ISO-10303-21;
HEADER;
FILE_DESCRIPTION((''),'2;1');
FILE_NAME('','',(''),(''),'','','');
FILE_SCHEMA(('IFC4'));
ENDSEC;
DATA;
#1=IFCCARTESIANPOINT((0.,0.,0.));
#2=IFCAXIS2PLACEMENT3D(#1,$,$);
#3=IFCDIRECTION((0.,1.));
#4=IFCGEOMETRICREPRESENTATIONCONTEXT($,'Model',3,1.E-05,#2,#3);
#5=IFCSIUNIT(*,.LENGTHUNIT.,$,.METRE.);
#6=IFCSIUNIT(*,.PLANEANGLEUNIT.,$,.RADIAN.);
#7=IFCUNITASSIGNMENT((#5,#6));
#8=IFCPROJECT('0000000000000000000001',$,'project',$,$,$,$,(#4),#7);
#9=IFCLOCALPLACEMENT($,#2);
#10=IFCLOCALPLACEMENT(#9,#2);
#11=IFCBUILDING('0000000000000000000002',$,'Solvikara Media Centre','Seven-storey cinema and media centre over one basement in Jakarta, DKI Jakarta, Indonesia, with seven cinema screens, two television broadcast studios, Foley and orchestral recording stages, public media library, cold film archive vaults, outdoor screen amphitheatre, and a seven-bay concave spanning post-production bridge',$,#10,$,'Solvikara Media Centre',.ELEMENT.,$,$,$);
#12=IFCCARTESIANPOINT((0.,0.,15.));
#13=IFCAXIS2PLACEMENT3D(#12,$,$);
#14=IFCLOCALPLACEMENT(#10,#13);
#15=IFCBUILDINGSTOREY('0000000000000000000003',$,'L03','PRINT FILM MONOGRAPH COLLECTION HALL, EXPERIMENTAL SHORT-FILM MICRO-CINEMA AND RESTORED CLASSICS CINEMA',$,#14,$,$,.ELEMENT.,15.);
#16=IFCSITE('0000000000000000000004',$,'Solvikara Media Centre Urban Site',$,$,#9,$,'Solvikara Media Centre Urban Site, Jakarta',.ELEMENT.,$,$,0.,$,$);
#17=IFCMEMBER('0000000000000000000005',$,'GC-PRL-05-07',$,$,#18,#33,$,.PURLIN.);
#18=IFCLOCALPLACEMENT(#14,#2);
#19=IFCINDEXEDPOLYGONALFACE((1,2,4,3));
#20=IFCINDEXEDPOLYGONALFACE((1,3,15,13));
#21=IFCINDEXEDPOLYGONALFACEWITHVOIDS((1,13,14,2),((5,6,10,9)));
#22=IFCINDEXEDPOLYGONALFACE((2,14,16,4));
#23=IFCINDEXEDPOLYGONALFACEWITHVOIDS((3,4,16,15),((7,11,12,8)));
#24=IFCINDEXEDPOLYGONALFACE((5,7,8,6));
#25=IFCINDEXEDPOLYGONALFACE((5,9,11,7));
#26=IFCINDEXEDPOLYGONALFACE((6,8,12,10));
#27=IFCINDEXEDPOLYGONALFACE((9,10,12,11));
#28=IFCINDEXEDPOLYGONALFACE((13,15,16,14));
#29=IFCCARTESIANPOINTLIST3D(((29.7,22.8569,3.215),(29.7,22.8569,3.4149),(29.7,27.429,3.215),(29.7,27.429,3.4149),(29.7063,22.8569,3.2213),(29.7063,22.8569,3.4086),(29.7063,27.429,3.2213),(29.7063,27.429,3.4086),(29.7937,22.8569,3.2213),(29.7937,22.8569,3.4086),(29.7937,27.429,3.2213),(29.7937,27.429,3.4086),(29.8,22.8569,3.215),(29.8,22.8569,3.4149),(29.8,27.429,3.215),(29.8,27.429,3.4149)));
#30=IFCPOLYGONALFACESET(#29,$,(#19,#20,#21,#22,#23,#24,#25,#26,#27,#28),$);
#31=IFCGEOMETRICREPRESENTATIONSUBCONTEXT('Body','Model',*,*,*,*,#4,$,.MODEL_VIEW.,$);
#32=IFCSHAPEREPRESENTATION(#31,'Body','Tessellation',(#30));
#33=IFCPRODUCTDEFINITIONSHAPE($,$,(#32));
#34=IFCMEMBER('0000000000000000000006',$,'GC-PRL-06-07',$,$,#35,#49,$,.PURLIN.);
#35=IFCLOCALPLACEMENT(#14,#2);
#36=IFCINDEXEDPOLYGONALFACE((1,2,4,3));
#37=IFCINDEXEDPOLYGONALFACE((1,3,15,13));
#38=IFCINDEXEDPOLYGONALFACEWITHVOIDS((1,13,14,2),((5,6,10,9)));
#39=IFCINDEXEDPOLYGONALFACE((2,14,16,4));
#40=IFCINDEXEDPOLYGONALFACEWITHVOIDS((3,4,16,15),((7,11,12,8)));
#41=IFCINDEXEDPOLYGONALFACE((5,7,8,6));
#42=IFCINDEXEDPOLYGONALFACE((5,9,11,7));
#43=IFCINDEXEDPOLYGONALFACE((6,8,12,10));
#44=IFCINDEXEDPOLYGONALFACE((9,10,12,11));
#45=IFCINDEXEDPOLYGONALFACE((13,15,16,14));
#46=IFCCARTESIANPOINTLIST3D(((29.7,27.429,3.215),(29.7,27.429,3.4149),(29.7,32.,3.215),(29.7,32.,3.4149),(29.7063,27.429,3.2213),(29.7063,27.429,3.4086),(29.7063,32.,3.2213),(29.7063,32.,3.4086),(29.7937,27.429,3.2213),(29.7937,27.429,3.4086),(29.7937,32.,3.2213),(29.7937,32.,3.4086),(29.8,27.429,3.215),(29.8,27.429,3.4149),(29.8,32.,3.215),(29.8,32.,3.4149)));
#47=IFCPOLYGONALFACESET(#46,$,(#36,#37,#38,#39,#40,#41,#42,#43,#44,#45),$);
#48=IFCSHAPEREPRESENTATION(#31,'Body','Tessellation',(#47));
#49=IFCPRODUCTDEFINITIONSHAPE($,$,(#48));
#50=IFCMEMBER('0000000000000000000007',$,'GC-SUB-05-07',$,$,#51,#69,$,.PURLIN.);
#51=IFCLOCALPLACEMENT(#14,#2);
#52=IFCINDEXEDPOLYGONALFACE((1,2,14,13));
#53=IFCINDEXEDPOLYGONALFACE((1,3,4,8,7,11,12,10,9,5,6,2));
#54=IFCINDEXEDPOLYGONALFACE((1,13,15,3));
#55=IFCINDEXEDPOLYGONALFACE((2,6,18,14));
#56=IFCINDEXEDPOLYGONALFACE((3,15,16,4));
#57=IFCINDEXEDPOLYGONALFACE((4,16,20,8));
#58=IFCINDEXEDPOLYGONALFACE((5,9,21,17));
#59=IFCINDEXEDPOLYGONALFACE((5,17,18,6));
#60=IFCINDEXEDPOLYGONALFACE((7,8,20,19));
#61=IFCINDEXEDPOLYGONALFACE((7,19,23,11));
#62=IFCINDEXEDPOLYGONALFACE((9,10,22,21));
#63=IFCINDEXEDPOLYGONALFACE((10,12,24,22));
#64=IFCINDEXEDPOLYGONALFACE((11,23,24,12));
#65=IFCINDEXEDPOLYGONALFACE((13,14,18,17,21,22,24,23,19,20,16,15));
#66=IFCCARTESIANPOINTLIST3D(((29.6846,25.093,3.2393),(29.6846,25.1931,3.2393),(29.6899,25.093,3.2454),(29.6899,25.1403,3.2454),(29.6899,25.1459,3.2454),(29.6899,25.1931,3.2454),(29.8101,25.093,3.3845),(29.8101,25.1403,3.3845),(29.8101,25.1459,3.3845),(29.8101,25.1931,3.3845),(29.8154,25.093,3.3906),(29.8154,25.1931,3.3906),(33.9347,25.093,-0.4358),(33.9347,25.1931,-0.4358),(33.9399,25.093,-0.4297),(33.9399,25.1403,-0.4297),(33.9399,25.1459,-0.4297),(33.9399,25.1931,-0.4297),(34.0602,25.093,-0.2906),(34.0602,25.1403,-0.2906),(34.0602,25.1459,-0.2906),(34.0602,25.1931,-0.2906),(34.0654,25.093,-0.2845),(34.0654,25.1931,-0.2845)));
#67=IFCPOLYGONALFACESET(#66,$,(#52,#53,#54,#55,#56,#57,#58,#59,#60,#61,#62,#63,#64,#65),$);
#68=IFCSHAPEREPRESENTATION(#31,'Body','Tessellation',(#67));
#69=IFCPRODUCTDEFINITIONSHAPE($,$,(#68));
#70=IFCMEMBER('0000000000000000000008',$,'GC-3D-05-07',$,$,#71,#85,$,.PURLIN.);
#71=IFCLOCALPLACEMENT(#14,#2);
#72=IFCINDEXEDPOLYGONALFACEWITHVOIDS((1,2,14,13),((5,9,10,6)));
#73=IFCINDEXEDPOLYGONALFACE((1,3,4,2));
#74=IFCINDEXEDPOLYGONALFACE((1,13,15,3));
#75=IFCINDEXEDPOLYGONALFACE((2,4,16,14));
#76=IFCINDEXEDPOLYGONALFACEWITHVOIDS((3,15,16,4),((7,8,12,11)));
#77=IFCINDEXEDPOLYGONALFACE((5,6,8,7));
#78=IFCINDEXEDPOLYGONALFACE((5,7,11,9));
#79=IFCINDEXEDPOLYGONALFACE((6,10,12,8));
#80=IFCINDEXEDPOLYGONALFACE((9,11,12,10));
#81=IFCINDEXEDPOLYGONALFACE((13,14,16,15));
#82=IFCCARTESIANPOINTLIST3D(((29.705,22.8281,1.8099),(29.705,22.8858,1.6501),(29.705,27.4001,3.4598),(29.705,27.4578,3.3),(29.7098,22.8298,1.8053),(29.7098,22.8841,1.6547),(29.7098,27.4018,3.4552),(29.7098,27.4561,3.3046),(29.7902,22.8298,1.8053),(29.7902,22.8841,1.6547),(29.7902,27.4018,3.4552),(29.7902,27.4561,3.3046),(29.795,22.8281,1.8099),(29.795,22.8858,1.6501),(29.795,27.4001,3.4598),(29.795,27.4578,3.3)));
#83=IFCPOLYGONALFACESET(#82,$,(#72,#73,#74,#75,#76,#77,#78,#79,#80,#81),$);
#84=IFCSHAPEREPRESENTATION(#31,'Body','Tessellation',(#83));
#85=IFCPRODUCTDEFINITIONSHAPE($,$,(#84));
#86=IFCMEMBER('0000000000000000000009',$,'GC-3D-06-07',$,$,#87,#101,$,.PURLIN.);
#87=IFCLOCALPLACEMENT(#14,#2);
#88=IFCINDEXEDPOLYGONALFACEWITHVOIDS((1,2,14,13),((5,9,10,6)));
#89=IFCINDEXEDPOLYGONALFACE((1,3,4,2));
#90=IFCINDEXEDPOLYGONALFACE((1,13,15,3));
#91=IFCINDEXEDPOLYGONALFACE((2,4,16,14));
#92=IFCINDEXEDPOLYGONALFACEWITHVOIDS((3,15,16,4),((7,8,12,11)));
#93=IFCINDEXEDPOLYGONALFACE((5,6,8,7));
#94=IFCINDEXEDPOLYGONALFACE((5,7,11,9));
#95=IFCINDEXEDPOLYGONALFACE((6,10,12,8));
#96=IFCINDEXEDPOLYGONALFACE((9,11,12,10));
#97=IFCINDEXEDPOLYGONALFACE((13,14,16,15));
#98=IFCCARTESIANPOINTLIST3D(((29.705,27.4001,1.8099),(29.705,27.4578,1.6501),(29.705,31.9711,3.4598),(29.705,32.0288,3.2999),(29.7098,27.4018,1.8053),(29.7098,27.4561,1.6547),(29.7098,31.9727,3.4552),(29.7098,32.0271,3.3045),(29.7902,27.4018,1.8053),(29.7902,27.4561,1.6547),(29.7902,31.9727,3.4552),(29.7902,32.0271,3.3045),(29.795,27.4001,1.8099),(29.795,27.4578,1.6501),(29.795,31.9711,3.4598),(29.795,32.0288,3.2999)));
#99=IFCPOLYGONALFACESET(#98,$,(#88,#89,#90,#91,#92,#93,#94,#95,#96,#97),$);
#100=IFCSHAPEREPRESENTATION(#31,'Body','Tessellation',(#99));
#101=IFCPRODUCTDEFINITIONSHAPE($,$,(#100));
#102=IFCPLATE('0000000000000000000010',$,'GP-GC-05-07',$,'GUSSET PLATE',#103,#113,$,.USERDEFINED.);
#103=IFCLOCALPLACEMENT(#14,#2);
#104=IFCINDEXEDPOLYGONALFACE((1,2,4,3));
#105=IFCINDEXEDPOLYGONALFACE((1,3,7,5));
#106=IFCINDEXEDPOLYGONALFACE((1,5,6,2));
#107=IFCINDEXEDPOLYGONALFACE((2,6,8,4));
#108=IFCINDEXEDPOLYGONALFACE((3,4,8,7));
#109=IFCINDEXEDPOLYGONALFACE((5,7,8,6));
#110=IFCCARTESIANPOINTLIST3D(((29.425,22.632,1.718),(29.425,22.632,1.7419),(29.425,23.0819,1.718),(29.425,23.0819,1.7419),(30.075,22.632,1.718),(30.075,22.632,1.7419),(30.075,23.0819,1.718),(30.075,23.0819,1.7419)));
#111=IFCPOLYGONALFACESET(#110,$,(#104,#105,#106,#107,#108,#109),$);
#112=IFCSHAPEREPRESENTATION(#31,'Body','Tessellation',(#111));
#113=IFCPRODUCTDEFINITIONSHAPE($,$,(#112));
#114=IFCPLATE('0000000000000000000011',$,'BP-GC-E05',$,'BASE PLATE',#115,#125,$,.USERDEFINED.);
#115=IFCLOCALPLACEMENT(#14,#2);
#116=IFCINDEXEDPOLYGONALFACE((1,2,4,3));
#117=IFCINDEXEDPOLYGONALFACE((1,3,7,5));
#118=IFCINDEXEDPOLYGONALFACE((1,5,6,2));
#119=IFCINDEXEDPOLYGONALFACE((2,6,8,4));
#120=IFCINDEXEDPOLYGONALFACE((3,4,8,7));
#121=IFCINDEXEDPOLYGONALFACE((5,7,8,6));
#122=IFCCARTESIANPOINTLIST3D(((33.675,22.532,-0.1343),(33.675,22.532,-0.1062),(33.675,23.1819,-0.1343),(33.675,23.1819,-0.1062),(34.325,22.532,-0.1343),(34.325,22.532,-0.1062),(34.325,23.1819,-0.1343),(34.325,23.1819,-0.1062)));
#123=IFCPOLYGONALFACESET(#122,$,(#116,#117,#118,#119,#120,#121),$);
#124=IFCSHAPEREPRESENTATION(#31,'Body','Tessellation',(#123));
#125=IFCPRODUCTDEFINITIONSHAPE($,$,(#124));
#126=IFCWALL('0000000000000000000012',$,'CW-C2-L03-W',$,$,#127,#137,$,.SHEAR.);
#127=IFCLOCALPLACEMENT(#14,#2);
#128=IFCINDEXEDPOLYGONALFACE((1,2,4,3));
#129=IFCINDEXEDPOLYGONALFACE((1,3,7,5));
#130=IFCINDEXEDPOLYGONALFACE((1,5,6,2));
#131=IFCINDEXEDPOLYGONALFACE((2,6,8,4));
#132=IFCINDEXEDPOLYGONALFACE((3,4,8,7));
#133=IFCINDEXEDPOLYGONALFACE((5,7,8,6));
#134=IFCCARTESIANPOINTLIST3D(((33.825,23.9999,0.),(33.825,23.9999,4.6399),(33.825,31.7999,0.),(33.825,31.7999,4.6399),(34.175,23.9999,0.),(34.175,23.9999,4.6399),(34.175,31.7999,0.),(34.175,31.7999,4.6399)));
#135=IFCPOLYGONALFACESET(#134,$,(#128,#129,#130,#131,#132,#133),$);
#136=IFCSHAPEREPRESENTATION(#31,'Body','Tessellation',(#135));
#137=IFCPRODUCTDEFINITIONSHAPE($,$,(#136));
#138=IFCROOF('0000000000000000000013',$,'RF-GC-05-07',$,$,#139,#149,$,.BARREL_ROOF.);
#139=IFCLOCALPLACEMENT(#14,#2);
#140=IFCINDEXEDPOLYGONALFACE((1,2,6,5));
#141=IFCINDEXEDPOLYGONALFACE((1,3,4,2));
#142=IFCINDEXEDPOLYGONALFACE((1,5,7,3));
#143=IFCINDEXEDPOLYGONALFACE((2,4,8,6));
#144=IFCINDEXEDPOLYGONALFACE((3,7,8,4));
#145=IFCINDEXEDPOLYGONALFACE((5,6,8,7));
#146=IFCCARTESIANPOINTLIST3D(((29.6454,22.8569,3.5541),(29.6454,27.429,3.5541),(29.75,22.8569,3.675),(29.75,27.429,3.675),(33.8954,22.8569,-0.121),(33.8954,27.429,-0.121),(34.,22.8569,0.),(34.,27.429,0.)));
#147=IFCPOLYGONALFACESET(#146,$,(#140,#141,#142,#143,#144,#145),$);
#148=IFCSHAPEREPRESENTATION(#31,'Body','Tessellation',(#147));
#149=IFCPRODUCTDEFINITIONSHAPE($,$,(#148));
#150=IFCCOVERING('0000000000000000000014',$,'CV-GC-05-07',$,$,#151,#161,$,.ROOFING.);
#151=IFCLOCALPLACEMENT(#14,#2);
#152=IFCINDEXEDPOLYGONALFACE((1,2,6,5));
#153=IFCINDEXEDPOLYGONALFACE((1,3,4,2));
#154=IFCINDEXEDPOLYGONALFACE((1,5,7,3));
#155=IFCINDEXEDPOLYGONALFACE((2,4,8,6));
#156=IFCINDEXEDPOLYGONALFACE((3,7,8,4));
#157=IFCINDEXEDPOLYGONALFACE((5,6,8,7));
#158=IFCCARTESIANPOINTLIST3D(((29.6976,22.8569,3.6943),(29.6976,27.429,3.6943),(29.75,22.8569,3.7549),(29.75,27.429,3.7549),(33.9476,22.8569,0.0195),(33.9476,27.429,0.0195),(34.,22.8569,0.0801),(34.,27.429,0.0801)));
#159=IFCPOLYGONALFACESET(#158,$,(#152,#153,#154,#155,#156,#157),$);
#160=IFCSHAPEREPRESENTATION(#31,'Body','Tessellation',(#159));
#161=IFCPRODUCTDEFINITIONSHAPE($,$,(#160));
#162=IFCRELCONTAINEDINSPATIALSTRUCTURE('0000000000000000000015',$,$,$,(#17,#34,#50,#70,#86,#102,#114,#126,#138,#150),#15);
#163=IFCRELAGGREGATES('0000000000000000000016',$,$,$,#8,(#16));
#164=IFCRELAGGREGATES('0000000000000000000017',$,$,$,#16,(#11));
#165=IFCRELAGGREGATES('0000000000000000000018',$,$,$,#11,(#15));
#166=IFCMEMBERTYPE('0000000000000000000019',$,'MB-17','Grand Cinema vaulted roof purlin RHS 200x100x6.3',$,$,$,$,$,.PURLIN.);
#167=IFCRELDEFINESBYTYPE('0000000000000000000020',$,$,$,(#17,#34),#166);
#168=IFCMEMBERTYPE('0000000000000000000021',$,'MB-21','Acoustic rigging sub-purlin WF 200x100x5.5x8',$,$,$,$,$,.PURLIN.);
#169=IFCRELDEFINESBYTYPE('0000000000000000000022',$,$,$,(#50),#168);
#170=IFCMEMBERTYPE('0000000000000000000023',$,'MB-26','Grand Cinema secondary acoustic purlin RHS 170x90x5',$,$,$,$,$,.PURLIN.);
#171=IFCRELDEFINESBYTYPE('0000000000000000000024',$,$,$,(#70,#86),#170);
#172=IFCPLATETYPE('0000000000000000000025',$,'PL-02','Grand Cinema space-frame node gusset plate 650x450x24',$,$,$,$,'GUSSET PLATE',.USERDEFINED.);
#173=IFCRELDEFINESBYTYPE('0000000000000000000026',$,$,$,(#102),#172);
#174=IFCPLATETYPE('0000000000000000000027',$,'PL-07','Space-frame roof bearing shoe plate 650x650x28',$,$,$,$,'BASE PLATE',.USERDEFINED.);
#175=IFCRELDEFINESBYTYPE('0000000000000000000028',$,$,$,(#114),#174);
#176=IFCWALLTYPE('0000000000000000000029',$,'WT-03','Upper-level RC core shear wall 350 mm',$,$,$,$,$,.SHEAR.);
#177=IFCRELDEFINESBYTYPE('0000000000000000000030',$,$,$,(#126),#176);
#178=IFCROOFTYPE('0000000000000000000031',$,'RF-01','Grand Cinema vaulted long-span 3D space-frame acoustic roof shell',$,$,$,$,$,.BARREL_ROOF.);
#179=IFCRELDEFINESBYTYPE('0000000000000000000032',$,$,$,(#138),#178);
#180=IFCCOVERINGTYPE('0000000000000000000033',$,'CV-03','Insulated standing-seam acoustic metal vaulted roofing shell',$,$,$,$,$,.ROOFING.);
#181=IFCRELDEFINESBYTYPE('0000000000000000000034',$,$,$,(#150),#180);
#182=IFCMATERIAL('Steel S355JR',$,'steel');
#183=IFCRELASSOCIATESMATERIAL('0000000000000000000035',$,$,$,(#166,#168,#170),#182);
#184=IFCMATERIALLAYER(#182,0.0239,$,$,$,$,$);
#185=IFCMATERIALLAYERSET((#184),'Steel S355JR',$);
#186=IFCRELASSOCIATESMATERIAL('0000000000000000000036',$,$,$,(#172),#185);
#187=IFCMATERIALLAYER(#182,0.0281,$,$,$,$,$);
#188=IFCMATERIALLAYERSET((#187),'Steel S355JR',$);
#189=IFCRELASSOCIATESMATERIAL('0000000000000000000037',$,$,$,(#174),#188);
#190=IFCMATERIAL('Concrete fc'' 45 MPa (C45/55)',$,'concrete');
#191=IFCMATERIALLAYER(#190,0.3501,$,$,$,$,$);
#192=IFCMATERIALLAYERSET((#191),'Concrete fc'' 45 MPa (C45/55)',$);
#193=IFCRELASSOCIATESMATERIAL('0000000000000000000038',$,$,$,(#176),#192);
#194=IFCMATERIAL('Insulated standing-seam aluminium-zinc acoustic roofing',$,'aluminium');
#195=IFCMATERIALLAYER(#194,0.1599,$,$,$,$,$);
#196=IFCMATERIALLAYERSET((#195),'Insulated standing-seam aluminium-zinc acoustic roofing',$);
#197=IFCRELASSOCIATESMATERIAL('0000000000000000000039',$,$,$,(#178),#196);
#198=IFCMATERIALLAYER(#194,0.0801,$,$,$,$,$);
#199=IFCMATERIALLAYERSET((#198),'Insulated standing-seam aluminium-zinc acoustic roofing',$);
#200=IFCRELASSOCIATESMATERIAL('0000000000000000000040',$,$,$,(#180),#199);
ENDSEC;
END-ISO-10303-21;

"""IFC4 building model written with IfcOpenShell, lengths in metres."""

from ifc_helpers import new_model, si_unit, direction, frame, frame_2d, origin, origin_2d, place, context, subcontext, project, spatial, polyline, rectangle, hollow_rectangle, i_section, outline, extrude, material, layer, layer_set, material_profile, profile_set, type_object, element, save


model = new_model("IFC4")

# Units and contexts
model_context = context("Model", 3, precision=1e-05, world=origin(), true_north=direction((0.0, 1.0)))
body_context = subcontext(model_context, "Body", "Model", "MODEL_VIEW")
ifc_project = project(units=[si_unit("LENGTHUNIT", "METRE"), si_unit("PLANEANGLEUNIT", "RADIAN")], contexts=[model_context])

# Site, building, storey
site_placement = place(None, origin())
site = spatial("IfcSite", under=ifc_project, at=site_placement, Name="Solvikara Media Centre Urban Site", LongName="Solvikara Media Centre Urban Site, Jakarta", CompositionType="ELEMENT", RefElevation=0.0)
building_placement = place(site_placement, origin())
building = spatial("IfcBuilding", under=site, at=building_placement, Name="Solvikara Media Centre", Description="Seven-storey cinema and media centre over one basement in Jakarta, DKI Jakarta, Indonesia, with seven cinema screens, two television broadcast studios, Foley and orchestral recording stages, public media library, cold film archive vaults, outdoor screen amphitheatre, and a seven-bay concave spanning post-production bridge", LongName="Solvikara Media Centre", CompositionType="ELEMENT")
storey_placement = place(building_placement, frame((0.0, 0.0, 15.0)))
storey = spatial("IfcBuildingStorey", under=building, at=storey_placement, Name="L03", Description="PRINT FILM MONOGRAPH COLLECTION HALL, EXPERIMENTAL SHORT-FILM MICRO-CINEMA AND RESTORED CLASSICS CINEMA", CompositionType="ELEMENT", Elevation=15.0)

# Members
ifc_material_1 = material(Name="Steel S355JR", Category="steel")
ifc_material_profile_1 = material_profile(ifc_material_1, hollow_rectangle(XDim=0.1001, YDim=0.2, WallThickness=0.0063, at=origin_2d()), Name="RHS 200x100x6.3")
ifc_profile_set_1 = profile_set([ifc_material_profile_1], Name="Steel S355JR")
member_type_1 = type_object("IfcMemberType", Name="MB-17", Description="Grand Cinema vaulted roof purlin RHS 200x100x6.3", PredefinedType="PURLIN", material=ifc_profile_set_1)
member_1_placement = place(storey_placement, frame((29.75, 22.8569, 3.3149), z_axis=(0.0, 1.0, 0.0), x_axis=(-1.0, 0.0, 0.0)))
element("IfcMember", 1, at=member_1_placement, inside=storey, type_object=member_type_1, Name="GC-PRL-05-07", PredefinedType="PURLIN", context=body_context, shape_type="SweptSolid", body=[
    extrude(hollow_rectangle(XDim=0.1001, YDim=0.2, WallThickness=0.0063, at=origin_2d()), origin(), (0.0, 0.0, 1.0), 4.572),
])
member_2_placement = place(storey_placement, frame((29.75, 27.429, 3.3149), z_axis=(0.0, 1.0, 0.0), x_axis=(-1.0, 0.0, 0.0)))
element("IfcMember", 2, at=member_2_placement, inside=storey, type_object=member_type_1, Name="GC-PRL-06-07", PredefinedType="PURLIN", context=body_context, shape_type="SweptSolid", body=[
    extrude(hollow_rectangle(XDim=0.1001, YDim=0.2, WallThickness=0.0063, at=origin_2d()), origin(), (0.0, 0.0, 1.0), 4.571),
])
ifc_material_profile_2 = material_profile(ifc_material_1, i_section(OverallWidth=0.1001, OverallDepth=0.2, WebThickness=0.0056, FlangeThickness=0.0081, at=origin_2d()), Name="WF 200x100x5.5x8")
ifc_profile_set_2 = profile_set([ifc_material_profile_2], Name="Steel S355JR")
member_type_2 = type_object("IfcMemberType", Name="MB-21", Description="Acoustic rigging sub-purlin WF 200x100x5.5x8", PredefinedType="PURLIN", material=ifc_profile_set_2)
member_3_placement = place(storey_placement, frame((29.75, 25.1431, 3.3149), z_axis=(0.756418, 0.0, -0.654088), x_axis=(0.0, 1.0, 0.0)))
element("IfcMember", 3, at=member_3_placement, inside=storey, type_object=member_type_2, Name="GC-SUB-05-07", PredefinedType="PURLIN", context=body_context, shape_type="SweptSolid", body=[
    extrude(i_section(OverallWidth=0.1001, OverallDepth=0.2, WebThickness=0.0056, FlangeThickness=0.0081, at=origin_2d()), origin(), (0.0, 0.0, 1.0), 5.6187),
])
ifc_material_profile_3 = material_profile(ifc_material_1, hollow_rectangle(XDim=0.0901, YDim=0.1699, WallThickness=0.0049, at=origin_2d()), Name="RHS 170x90x5")
ifc_profile_set_3 = profile_set([ifc_material_profile_3], Name="Steel S355JR")
member_type_3 = type_object("IfcMemberType", Name="MB-26", Description="Grand Cinema secondary acoustic purlin RHS 170x90x5", PredefinedType="PURLIN", material=ifc_profile_set_3)
member_4_placement = place(storey_placement, frame((29.75, 22.8569, 1.73), z_axis=(0.0, 0.940627, 0.339443), x_axis=(-1.0, 0.0, 0.0)))
element("IfcMember", 4, at=member_4_placement, inside=storey, type_object=member_type_3, Name="GC-3D-05-07", PredefinedType="PURLIN", context=body_context, shape_type="SweptSolid", body=[
    extrude(hollow_rectangle(XDim=0.0901, YDim=0.1699, WallThickness=0.0049, at=origin_2d()), origin(), (0.0, 0.0, 1.0), 4.8606),
])
member_5_placement = place(storey_placement, frame((29.75, 27.429, 1.73), z_axis=(0.0, 0.940603, 0.339507), x_axis=(-1.0, 0.0, 0.0)))
element("IfcMember", 5, at=member_5_placement, inside=storey, type_object=member_type_3, Name="GC-3D-06-07", PredefinedType="PURLIN", context=body_context, shape_type="SweptSolid", body=[
    extrude(hollow_rectangle(XDim=0.0901, YDim=0.1699, WallThickness=0.0049, at=origin_2d()), origin(), (0.0, 0.0, 1.0), 4.8596),
])

# Plates
ifc_layer_1 = layer(ifc_material_1, 0.0239)
ifc_layer_set_1 = layer_set([ifc_layer_1], Name="Steel S355JR")
plate_type_1 = type_object("IfcPlateType", Name="PL-02", Description="Grand Cinema space-frame node gusset plate 650x450x24", ElementType="GUSSET PLATE", PredefinedType="USERDEFINED", material=ifc_layer_set_1)
plate_1_placement = place(storey_placement, frame((29.75, 22.8569, 1.718), z_axis=(0.0, 0.0, 1.0), x_axis=(1.0, 0.0, 0.0)))
element("IfcPlate", 6, at=plate_1_placement, inside=storey, type_object=plate_type_1, Name="GP-GC-05-07", ObjectType="GUSSET PLATE", PredefinedType="USERDEFINED", context=body_context, shape_type="SweptSolid", body=[
    extrude(rectangle(XDim=0.6499, YDim=0.45, at=origin_2d()), origin(), (0.0, 0.0, 1.0), 0.0239),
])
ifc_layer_2 = layer(ifc_material_1, 0.0281)
ifc_layer_set_2 = layer_set([ifc_layer_2], Name="Steel S355JR")
plate_type_2 = type_object("IfcPlateType", Name="PL-07", Description="Space-frame roof bearing shoe plate 650x650x28", ElementType="BASE PLATE", PredefinedType="USERDEFINED", material=ifc_layer_set_2)
plate_2_placement = place(storey_placement, frame((34.0, 22.8569, -0.1343), z_axis=(0.0, 0.0, 1.0), x_axis=(1.0, 0.0, 0.0)))
element("IfcPlate", 7, at=plate_2_placement, inside=storey, type_object=plate_type_2, Name="BP-GC-E05", ObjectType="BASE PLATE", PredefinedType="USERDEFINED", context=body_context, shape_type="SweptSolid", body=[
    extrude(rectangle(XDim=0.6499, YDim=0.6499, at=origin_2d()), origin(), (0.0, 0.0, 1.0), 0.0281),
])

# Wall
ifc_material_2 = material(Name="Concrete fc' 45 MPa (C45/55)", Category="concrete")
ifc_layer_3 = layer(ifc_material_2, 0.3501)
ifc_layer_set_3 = layer_set([ifc_layer_3], Name="Concrete fc' 45 MPa (C45/55)")
wall_type = type_object("IfcWallType", Name="WT-03", Description="Upper-level RC core shear wall 350 mm", PredefinedType="SHEAR", material=ifc_layer_set_3)
wall_placement = place(storey_placement, frame((34.0, 24.0, 0.0), z_axis=(0.0, 0.0, 1.0), x_axis=(0.0, 1.0, 0.0)))
element("IfcWall", 8, at=wall_placement, inside=storey, type_object=wall_type, Name="CW-C2-L03-W", PredefinedType="SHEAR", context=body_context, shape_type="SweptSolid", body=[
    extrude(rectangle(XDim=7.8, YDim=0.3501, at=frame_2d((3.8999, 0.0))), origin(), (0.0, 0.0, 1.0), 4.6399),
])

# Roof
ifc_material_3 = material(Name="Insulated standing-seam aluminium-zinc acoustic roofing", Category="aluminium")
ifc_layer_4 = layer(ifc_material_3, 0.1599)
ifc_layer_set_4 = layer_set([ifc_layer_4], Name="Insulated standing-seam aluminium-zinc acoustic roofing")
roof_type = type_object("IfcRoofType", Name="RF-01", Description="Grand Cinema vaulted long-span 3D space-frame acoustic roof shell", PredefinedType="BARREL_ROOF", material=ifc_layer_set_4)
roof_placement = place(storey_placement, frame((29.75, 22.8569, 3.675), z_axis=(0.654088, 0.0, 0.756418), x_axis=(0.756418, 0.0, -0.654088)))
element("IfcRoof", 9, at=roof_placement, inside=storey, type_object=roof_type, Name="RF-GC-05-07", PredefinedType="BARREL_ROOF", context=body_context, shape_type="SweptSolid", body=[
    extrude(outline(polyline([(0.0, 0.0), (5.6186, 0.0), (5.6186, 4.572), (0.0, 4.572), (0.0, 0.0)])), origin(), (0.0, 0.0, -1.0), 0.1599),
])

# Covering
ifc_layer_5 = layer(ifc_material_3, 0.0801)
ifc_layer_set_5 = layer_set([ifc_layer_5], Name="Insulated standing-seam aluminium-zinc acoustic roofing")
covering_type = type_object("IfcCoveringType", Name="CV-03", Description="Insulated standing-seam acoustic metal vaulted roofing shell", PredefinedType="ROOFING", material=ifc_layer_set_5)
covering_placement = place(storey_placement, frame((29.75, 22.8569, 3.7549), z_axis=(0.654063, 0.0, 0.75644), x_axis=(0.75644, 0.0, -0.654063)))
element("IfcCovering", 10, at=covering_placement, inside=storey, type_object=covering_type, Name="CV-GC-05-07", PredefinedType="ROOFING", context=body_context, shape_type="SweptSolid", body=[
    extrude(outline(polyline([(0.0, 0.0), (5.6184, 0.0), (5.6184, 4.572), (0.0, 4.572), (0.0, 0.0)])), origin(), (0.0, 0.0, -1.0), 0.0801),
])

save(model, "model.ifc")
